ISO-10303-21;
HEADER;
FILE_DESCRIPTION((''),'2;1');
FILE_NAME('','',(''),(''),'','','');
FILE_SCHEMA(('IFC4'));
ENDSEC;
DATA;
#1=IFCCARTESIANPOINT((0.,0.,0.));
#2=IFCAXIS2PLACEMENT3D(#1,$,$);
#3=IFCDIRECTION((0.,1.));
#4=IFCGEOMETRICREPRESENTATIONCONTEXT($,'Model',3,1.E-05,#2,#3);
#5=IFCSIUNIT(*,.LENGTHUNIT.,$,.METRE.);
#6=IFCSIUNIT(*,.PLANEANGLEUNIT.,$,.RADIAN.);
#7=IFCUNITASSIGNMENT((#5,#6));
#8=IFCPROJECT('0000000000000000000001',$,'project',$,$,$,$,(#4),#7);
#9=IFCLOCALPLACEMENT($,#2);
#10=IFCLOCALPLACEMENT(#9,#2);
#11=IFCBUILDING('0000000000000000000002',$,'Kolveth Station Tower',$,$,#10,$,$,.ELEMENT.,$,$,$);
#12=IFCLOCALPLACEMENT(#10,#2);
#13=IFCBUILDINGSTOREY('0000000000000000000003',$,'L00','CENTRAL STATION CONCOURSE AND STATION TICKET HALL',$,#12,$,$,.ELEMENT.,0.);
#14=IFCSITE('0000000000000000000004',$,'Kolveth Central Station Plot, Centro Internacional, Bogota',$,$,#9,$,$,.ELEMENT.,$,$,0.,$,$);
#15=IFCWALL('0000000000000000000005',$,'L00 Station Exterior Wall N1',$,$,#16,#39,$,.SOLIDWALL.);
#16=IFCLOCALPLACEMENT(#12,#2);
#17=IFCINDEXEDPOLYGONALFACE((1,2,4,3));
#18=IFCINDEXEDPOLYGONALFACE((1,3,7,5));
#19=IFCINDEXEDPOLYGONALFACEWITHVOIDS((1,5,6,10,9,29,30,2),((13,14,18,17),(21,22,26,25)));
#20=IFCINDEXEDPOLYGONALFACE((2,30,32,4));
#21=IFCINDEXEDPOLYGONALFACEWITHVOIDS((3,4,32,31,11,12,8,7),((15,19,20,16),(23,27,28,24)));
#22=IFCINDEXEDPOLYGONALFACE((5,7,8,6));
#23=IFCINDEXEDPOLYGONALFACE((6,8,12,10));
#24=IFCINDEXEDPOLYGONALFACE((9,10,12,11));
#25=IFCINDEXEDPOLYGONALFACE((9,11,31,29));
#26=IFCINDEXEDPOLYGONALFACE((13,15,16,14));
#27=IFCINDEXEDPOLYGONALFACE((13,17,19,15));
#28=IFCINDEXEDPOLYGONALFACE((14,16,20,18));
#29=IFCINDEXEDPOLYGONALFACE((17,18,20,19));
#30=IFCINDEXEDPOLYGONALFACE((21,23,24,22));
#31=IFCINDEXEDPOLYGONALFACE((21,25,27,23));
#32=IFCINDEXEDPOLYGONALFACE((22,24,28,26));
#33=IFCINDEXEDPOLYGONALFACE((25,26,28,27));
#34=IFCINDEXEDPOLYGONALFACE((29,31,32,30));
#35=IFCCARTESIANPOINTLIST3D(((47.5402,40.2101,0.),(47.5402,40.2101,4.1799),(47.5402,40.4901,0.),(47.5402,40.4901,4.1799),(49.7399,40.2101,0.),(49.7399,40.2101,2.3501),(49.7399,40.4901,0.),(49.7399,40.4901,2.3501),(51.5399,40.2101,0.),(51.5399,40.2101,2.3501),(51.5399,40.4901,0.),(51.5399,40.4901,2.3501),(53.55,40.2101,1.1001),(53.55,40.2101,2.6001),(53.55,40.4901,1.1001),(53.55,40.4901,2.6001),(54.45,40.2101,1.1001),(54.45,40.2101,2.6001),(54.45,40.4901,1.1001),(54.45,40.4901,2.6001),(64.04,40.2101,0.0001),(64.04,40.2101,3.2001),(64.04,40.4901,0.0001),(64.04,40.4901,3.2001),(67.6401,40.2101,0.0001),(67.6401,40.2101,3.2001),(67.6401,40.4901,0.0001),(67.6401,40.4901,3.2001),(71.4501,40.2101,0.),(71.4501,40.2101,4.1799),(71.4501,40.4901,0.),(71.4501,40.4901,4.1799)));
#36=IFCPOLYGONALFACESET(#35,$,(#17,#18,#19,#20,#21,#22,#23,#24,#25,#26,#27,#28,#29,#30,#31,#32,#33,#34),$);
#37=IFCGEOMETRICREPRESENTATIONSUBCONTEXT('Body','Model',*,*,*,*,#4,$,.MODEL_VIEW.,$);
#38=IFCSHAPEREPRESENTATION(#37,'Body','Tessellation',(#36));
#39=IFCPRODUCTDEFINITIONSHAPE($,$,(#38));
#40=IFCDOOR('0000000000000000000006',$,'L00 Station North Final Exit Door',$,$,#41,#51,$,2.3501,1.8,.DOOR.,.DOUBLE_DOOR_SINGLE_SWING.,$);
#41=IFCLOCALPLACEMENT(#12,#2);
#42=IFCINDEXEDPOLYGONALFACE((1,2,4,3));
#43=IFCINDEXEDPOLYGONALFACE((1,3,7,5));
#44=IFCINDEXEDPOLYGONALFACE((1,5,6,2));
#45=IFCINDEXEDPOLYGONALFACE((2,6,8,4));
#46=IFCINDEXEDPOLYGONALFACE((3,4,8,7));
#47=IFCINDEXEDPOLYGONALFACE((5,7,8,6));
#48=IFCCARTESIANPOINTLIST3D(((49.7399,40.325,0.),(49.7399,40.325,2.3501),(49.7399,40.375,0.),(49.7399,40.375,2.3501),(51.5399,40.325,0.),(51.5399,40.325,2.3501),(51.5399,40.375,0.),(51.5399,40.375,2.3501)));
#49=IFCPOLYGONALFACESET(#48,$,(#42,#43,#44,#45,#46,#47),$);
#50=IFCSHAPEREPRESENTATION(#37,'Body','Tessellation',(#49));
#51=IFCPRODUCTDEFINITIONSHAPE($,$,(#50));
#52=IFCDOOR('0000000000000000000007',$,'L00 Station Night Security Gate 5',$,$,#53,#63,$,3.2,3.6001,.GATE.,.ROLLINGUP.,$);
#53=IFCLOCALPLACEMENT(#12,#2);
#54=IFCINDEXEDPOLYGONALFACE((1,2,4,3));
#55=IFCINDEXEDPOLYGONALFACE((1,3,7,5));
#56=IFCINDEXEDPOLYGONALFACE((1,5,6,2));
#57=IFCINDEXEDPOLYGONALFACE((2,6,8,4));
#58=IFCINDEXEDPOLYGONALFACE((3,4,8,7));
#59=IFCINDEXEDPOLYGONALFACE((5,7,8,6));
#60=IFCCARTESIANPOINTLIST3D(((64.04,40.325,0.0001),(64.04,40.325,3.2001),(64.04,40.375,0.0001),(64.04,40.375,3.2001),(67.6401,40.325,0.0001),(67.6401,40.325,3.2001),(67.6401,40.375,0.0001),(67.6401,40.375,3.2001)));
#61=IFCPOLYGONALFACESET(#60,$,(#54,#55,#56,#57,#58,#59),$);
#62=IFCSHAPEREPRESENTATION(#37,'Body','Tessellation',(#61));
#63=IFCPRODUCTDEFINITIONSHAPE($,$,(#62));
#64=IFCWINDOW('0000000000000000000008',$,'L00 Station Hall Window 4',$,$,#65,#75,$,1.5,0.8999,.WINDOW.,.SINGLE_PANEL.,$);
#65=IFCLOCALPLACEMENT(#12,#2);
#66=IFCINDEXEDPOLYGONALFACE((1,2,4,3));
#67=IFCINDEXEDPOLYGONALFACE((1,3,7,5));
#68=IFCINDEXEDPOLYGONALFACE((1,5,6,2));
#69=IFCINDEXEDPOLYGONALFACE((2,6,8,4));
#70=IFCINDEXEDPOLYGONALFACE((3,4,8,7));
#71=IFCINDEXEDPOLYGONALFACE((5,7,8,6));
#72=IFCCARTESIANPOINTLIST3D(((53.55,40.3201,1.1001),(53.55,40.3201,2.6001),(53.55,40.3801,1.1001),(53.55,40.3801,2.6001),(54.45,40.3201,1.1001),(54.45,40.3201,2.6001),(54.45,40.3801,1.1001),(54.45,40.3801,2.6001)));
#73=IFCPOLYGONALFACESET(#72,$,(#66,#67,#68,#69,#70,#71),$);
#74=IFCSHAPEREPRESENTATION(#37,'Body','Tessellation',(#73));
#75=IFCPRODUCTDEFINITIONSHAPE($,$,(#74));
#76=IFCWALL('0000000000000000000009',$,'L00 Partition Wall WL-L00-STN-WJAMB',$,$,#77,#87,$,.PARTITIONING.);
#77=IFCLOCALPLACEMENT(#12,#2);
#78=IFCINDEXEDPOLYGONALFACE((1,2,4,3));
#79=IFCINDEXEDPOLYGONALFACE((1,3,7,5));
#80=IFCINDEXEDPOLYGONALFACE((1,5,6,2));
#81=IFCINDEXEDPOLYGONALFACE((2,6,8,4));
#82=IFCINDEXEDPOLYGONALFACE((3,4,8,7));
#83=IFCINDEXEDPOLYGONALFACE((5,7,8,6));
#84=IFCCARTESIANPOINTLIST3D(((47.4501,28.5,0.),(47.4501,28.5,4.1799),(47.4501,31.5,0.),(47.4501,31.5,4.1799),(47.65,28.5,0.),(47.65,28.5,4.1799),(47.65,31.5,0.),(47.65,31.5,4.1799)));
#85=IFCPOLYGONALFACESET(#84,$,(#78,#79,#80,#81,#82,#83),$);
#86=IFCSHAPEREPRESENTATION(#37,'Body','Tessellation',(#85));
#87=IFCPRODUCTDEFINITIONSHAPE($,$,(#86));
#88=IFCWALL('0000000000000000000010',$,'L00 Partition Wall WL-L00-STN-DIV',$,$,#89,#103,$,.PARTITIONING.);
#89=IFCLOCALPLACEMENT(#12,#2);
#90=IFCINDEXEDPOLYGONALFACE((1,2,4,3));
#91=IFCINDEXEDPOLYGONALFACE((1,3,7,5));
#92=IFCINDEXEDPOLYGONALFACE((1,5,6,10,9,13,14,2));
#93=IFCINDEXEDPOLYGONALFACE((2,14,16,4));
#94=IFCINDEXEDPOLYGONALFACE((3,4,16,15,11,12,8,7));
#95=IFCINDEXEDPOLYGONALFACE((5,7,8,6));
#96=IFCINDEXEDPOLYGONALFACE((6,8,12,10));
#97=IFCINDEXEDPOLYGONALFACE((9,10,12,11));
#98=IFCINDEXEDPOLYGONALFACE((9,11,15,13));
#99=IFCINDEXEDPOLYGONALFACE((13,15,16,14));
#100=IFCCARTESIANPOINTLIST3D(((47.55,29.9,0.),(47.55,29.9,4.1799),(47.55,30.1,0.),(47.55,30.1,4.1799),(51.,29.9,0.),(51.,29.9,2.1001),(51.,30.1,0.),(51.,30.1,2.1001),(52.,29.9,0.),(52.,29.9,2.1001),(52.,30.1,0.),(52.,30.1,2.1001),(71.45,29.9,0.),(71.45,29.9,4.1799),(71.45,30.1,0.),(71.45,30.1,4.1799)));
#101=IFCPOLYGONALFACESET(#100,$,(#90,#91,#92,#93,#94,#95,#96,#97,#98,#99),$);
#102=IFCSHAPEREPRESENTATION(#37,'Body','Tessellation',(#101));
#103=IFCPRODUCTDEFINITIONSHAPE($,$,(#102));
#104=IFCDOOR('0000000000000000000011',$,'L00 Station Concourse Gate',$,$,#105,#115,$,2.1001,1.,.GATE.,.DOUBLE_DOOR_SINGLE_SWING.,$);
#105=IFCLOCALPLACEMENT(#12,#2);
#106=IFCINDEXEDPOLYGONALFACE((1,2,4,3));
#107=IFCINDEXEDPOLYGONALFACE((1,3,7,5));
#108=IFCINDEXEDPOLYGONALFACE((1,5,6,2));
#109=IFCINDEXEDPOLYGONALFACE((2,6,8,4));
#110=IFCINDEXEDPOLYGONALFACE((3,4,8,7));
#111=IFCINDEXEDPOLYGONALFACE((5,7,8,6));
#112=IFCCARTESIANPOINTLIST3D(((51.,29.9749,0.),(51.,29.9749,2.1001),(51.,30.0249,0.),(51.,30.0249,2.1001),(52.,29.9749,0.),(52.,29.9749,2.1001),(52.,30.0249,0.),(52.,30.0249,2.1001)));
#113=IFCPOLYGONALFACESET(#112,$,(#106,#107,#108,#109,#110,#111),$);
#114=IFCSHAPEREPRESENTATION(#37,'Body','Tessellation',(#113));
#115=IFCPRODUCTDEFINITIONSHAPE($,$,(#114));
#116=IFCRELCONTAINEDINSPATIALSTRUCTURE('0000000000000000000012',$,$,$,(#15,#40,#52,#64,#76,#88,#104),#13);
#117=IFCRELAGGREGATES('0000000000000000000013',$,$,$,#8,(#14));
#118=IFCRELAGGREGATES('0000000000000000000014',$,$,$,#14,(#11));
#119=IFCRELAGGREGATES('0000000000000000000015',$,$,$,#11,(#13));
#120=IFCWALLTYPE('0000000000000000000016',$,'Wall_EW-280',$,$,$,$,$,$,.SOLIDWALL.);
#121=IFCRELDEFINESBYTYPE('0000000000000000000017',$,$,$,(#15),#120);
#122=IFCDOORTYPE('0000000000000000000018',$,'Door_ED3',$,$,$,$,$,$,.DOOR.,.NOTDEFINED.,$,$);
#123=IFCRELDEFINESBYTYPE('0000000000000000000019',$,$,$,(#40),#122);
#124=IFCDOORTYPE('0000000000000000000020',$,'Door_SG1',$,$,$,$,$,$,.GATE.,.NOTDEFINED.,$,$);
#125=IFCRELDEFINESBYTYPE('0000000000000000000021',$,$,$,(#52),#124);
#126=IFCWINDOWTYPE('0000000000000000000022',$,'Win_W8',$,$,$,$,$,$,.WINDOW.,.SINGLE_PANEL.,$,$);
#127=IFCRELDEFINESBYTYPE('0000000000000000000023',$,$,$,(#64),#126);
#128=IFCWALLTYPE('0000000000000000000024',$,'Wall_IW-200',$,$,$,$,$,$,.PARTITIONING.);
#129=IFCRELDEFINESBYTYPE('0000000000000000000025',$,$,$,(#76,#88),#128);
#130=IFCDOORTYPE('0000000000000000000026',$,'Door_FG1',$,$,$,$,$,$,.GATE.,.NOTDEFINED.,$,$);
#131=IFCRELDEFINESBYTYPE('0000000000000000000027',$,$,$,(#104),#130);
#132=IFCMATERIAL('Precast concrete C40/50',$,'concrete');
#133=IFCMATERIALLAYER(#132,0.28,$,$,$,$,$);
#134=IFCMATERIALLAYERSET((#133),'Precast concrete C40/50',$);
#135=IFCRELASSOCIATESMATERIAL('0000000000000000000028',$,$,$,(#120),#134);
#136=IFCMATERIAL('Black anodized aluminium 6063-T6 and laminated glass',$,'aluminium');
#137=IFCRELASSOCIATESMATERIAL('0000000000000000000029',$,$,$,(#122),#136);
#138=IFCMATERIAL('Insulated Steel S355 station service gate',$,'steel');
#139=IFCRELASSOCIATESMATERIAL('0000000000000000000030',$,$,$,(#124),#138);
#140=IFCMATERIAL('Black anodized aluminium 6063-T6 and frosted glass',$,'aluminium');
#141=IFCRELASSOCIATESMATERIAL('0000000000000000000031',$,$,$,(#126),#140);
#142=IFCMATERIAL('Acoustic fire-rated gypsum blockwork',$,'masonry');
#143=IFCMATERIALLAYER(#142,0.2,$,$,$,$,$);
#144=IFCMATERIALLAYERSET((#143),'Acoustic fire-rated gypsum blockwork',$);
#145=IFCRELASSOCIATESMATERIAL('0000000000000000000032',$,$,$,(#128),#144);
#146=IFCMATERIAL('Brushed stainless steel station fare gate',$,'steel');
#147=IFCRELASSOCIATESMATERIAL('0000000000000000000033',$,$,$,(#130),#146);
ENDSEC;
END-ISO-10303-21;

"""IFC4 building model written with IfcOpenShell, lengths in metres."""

from ifc_helpers import new_model, si_unit, direction, frame, frame_2d, origin, place, context, subcontext, project, spatial, rectangle, extrude, material, layer, layer_set, type_object, element, fill, save


model = new_model("IFC4")

# Units and contexts
model_context = context("Model", 3, precision=1e-05, world=origin(), true_north=direction((0.0, 1.0)))
body_context = subcontext(model_context, "Body", "Model", "MODEL_VIEW")
ifc_project = project(units=[si_unit("LENGTHUNIT", "METRE"), si_unit("PLANEANGLEUNIT", "RADIAN")], contexts=[model_context])

# Site, building, storey
site_placement = place(None, origin())
site = spatial("IfcSite", under=ifc_project, at=site_placement, Name="Kolveth Central Station Plot, Centro Internacional, Bogota", CompositionType="ELEMENT", RefElevation=0.0)
building_placement = place(site_placement, origin())
building = spatial("IfcBuilding", under=site, at=building_placement, Name="Kolveth Station Tower", CompositionType="ELEMENT")
storey_placement = place(building_placement, origin())
storey = spatial("IfcBuildingStorey", under=building, at=storey_placement, Name="L00", Description="CENTRAL STATION CONCOURSE AND STATION TICKET HALL", CompositionType="ELEMENT", Elevation=0.0)

# Shared definitions
ifc_material_1 = material(Name="Precast concrete C40/50", Category="concrete")

# Wall, openings, doors, window
ifc_layer_1 = layer(ifc_material_1, 0.28)
ifc_layer_set_1 = layer_set([ifc_layer_1], Name="Precast concrete C40/50")
wall_type_1 = type_object("IfcWallType", Name="Wall_EW-280", PredefinedType="SOLIDWALL", material=ifc_layer_set_1)
wall_1_placement = place(storey_placement, frame((47.54, 40.3501, 0.0), z_axis=(0.0, 0.0, 1.0), x_axis=(1.0, 0.0, 0.0)))
wall_1 = element("IfcWall", 1, at=wall_1_placement, inside=storey, type_object=wall_type_1, Name="L00 Station Exterior Wall N1", PredefinedType="SOLIDWALL", context=body_context, shape_type="SweptSolid", body=[
    extrude(rectangle(XDim=23.9099, YDim=0.28, at=frame_2d((11.9551, 0.0))), origin(), (0.0, 0.0, 1.0), 4.1799),
])
opening_1_placement = place(wall_1_placement, frame((6.01, 0.0, 1.1001)))
opening_1 = element("IfcOpeningElement", 2, at=opening_1_placement, cuts=wall_1, PredefinedType="OPENING", context=body_context, shape_type="SweptSolid", body=[
    extrude(rectangle(XDim=0.8999, YDim=1.5, at=frame_2d((0.45, 0.75))), frame((0.0, 0.1499, 0.0), z_axis=(0.0, -1.0, 0.0), x_axis=(1.0, 0.0, 0.0)), (0.0, 0.0, 1.0), 0.3),
])
opening_2_placement = place(wall_1_placement, frame((2.2, 0.0, 0.0)))
opening_2 = element("IfcOpeningElement", 3, at=opening_2_placement, cuts=wall_1, PredefinedType="OPENING", context=body_context, shape_type="SweptSolid", body=[
    extrude(rectangle(XDim=1.8, YDim=2.3501, at=frame_2d((0.8999, 1.175))), frame((0.0, 0.1499, 0.0), z_axis=(0.0, -1.0, 0.0), x_axis=(1.0, 0.0, 0.0)), (0.0, 0.0, 1.0), 0.3),
])
opening_3_placement = place(wall_1_placement, frame((16.5, 0.0, 0.0)))
opening_3 = element("IfcOpeningElement", 4, at=opening_3_placement, cuts=wall_1, PredefinedType="OPENING", context=body_context, shape_type="SweptSolid", body=[
    extrude(rectangle(XDim=3.6001, YDim=3.2, at=frame_2d((1.8, 1.6001))), frame((0.0, 0.1499, 0.0), z_axis=(0.0, -1.0, 0.0), x_axis=(1.0, 0.0, 0.0)), (0.0, 0.0, 1.0), 0.3),
])
ifc_material_2 = material(Name="Black anodized aluminium 6063-T6 and laminated glass", Category="aluminium")
door_type_1 = type_object("IfcDoorType", Name="Door_ED3", OperationType="NOTDEFINED", PredefinedType="DOOR", material=ifc_material_2)
door_1_placement = place(opening_2_placement, origin())
door_1 = element("IfcDoor", 5, at=door_1_placement, inside=storey, type_object=door_type_1, Name="L00 Station North Final Exit Door", OperationType="DOUBLE_DOOR_SINGLE_SWING", OverallHeight=2.3501, OverallWidth=1.8, PredefinedType="DOOR", context=body_context, shape_type="SweptSolid", body=[
    extrude(rectangle(XDim=1.8, YDim=2.3501, at=frame_2d((0.8999, 1.175))), frame((0.0, 0.0249, 0.0), z_axis=(0.0, -1.0, 0.0), x_axis=(1.0, 0.0, 0.0)), (0.0, 0.0, 1.0), 0.05),
])
fill(opening_2, door_1)
ifc_material_3 = material(Name="Insulated Steel S355 station service gate", Category="steel")
door_type_2 = type_object("IfcDoorType", Name="Door_SG1", OperationType="NOTDEFINED", PredefinedType="GATE", material=ifc_material_3)
door_2_placement = place(opening_3_placement, origin())
door_2 = element("IfcDoor", 6, at=door_2_placement, inside=storey, type_object=door_type_2, Name="L00 Station Night Security Gate 5", OperationType="ROLLINGUP", OverallHeight=3.2, OverallWidth=3.6001, PredefinedType="GATE", context=body_context, shape_type="SweptSolid", body=[
    extrude(rectangle(XDim=3.6001, YDim=3.2, at=frame_2d((1.8, 1.6001))), frame((0.0, 0.0249, 0.0), z_axis=(0.0, -1.0, 0.0), x_axis=(1.0, 0.0, 0.0)), (0.0, 0.0, 1.0), 0.05),
])
fill(opening_3, door_2)
ifc_material_4 = material(Name="Black anodized aluminium 6063-T6 and frosted glass", Category="aluminium")
window_type = type_object("IfcWindowType", Name="Win_W8", PartitioningType="SINGLE_PANEL", PredefinedType="WINDOW", material=ifc_material_4)
window_placement = place(opening_1_placement, origin())
window = element("IfcWindow", 7, at=window_placement, inside=storey, type_object=window_type, Name="L00 Station Hall Window 4", OverallHeight=1.5, OverallWidth=0.8999, PartitioningType="SINGLE_PANEL", PredefinedType="WINDOW", context=body_context, shape_type="SweptSolid", body=[
    extrude(rectangle(XDim=0.8999, YDim=1.5, at=frame_2d((0.45, 0.75))), frame((0.0, 0.03, 0.0), z_axis=(0.0, -1.0, 0.0), x_axis=(1.0, 0.0, 0.0)), (0.0, 0.0, 1.0), 0.0601),
])
fill(opening_1, window)

# Wall
ifc_material_5 = material(Name="Acoustic fire-rated gypsum blockwork", Category="masonry")
ifc_layer_2 = layer(ifc_material_5, 0.2)
ifc_layer_set_2 = layer_set([ifc_layer_2], Name="Acoustic fire-rated gypsum blockwork")
wall_type_2 = type_object("IfcWallType", Name="Wall_IW-200", PredefinedType="PARTITIONING", material=ifc_layer_set_2)
wall_2_placement = place(storey_placement, frame((47.55, 28.5, 0.0), z_axis=(0.0, 0.0, 1.0), x_axis=(0.0, 1.0, 0.0)))
element("IfcWall", 8, at=wall_2_placement, inside=storey, type_object=wall_type_2, Name="L00 Partition Wall WL-L00-STN-WJAMB", PredefinedType="PARTITIONING", context=body_context, shape_type="SweptSolid", body=[
    extrude(rectangle(XDim=3.0, YDim=0.2, at=frame_2d((1.5, 0.0))), origin(), (0.0, 0.0, 1.0), 4.1799),
])

# Wall, opening, door
wall_3_placement = place(storey_placement, frame((47.55, 30.0, 0.0), z_axis=(0.0, 0.0, 1.0), x_axis=(1.0, 0.0, 0.0)))
wall_3 = element("IfcWall", 9, at=wall_3_placement, inside=storey, type_object=wall_type_2, Name="L00 Partition Wall WL-L00-STN-DIV", PredefinedType="PARTITIONING", context=body_context, shape_type="SweptSolid", body=[
    extrude(rectangle(XDim=23.8999, YDim=0.2, at=frame_2d((11.95, 0.0))), origin(), (0.0, 0.0, 1.0), 4.1799),
])
opening_4_placement = place(wall_3_placement, frame((3.45, 0.0, 0.0)))
opening_4 = element("IfcOpeningElement", 10, at=opening_4_placement, cuts=wall_3, PredefinedType="OPENING", context=body_context, shape_type="SweptSolid", body=[
    extrude(rectangle(XDim=1.0, YDim=2.1001, at=frame_2d((0.5, 1.05))), frame((0.0, 0.1099, 0.0), z_axis=(0.0, -1.0, 0.0), x_axis=(1.0, 0.0, 0.0)), (0.0, 0.0, 1.0), 0.22),
])
ifc_material_6 = material(Name="Brushed stainless steel station fare gate", Category="steel")
door_type_3 = type_object("IfcDoorType", Name="Door_FG1", OperationType="NOTDEFINED", PredefinedType="GATE", material=ifc_material_6)
door_3_placement = place(opening_4_placement, origin())
door_3 = element("IfcDoor", 11, at=door_3_placement, inside=storey, type_object=door_type_3, Name="L00 Station Concourse Gate", OperationType="DOUBLE_DOOR_SINGLE_SWING", OverallHeight=2.1001, OverallWidth=1.0, PredefinedType="GATE", context=body_context, shape_type="SweptSolid", body=[
    extrude(rectangle(XDim=1.0, YDim=2.1001, at=frame_2d((0.5, 1.05))), frame((0.0, 0.0249, 0.0), z_axis=(0.0, -1.0, 0.0), x_axis=(1.0, 0.0, 0.0)), (0.0, 0.0, 1.0), 0.05),
])
fill(opening_4, door_3)

save(model, "model.ifc")
